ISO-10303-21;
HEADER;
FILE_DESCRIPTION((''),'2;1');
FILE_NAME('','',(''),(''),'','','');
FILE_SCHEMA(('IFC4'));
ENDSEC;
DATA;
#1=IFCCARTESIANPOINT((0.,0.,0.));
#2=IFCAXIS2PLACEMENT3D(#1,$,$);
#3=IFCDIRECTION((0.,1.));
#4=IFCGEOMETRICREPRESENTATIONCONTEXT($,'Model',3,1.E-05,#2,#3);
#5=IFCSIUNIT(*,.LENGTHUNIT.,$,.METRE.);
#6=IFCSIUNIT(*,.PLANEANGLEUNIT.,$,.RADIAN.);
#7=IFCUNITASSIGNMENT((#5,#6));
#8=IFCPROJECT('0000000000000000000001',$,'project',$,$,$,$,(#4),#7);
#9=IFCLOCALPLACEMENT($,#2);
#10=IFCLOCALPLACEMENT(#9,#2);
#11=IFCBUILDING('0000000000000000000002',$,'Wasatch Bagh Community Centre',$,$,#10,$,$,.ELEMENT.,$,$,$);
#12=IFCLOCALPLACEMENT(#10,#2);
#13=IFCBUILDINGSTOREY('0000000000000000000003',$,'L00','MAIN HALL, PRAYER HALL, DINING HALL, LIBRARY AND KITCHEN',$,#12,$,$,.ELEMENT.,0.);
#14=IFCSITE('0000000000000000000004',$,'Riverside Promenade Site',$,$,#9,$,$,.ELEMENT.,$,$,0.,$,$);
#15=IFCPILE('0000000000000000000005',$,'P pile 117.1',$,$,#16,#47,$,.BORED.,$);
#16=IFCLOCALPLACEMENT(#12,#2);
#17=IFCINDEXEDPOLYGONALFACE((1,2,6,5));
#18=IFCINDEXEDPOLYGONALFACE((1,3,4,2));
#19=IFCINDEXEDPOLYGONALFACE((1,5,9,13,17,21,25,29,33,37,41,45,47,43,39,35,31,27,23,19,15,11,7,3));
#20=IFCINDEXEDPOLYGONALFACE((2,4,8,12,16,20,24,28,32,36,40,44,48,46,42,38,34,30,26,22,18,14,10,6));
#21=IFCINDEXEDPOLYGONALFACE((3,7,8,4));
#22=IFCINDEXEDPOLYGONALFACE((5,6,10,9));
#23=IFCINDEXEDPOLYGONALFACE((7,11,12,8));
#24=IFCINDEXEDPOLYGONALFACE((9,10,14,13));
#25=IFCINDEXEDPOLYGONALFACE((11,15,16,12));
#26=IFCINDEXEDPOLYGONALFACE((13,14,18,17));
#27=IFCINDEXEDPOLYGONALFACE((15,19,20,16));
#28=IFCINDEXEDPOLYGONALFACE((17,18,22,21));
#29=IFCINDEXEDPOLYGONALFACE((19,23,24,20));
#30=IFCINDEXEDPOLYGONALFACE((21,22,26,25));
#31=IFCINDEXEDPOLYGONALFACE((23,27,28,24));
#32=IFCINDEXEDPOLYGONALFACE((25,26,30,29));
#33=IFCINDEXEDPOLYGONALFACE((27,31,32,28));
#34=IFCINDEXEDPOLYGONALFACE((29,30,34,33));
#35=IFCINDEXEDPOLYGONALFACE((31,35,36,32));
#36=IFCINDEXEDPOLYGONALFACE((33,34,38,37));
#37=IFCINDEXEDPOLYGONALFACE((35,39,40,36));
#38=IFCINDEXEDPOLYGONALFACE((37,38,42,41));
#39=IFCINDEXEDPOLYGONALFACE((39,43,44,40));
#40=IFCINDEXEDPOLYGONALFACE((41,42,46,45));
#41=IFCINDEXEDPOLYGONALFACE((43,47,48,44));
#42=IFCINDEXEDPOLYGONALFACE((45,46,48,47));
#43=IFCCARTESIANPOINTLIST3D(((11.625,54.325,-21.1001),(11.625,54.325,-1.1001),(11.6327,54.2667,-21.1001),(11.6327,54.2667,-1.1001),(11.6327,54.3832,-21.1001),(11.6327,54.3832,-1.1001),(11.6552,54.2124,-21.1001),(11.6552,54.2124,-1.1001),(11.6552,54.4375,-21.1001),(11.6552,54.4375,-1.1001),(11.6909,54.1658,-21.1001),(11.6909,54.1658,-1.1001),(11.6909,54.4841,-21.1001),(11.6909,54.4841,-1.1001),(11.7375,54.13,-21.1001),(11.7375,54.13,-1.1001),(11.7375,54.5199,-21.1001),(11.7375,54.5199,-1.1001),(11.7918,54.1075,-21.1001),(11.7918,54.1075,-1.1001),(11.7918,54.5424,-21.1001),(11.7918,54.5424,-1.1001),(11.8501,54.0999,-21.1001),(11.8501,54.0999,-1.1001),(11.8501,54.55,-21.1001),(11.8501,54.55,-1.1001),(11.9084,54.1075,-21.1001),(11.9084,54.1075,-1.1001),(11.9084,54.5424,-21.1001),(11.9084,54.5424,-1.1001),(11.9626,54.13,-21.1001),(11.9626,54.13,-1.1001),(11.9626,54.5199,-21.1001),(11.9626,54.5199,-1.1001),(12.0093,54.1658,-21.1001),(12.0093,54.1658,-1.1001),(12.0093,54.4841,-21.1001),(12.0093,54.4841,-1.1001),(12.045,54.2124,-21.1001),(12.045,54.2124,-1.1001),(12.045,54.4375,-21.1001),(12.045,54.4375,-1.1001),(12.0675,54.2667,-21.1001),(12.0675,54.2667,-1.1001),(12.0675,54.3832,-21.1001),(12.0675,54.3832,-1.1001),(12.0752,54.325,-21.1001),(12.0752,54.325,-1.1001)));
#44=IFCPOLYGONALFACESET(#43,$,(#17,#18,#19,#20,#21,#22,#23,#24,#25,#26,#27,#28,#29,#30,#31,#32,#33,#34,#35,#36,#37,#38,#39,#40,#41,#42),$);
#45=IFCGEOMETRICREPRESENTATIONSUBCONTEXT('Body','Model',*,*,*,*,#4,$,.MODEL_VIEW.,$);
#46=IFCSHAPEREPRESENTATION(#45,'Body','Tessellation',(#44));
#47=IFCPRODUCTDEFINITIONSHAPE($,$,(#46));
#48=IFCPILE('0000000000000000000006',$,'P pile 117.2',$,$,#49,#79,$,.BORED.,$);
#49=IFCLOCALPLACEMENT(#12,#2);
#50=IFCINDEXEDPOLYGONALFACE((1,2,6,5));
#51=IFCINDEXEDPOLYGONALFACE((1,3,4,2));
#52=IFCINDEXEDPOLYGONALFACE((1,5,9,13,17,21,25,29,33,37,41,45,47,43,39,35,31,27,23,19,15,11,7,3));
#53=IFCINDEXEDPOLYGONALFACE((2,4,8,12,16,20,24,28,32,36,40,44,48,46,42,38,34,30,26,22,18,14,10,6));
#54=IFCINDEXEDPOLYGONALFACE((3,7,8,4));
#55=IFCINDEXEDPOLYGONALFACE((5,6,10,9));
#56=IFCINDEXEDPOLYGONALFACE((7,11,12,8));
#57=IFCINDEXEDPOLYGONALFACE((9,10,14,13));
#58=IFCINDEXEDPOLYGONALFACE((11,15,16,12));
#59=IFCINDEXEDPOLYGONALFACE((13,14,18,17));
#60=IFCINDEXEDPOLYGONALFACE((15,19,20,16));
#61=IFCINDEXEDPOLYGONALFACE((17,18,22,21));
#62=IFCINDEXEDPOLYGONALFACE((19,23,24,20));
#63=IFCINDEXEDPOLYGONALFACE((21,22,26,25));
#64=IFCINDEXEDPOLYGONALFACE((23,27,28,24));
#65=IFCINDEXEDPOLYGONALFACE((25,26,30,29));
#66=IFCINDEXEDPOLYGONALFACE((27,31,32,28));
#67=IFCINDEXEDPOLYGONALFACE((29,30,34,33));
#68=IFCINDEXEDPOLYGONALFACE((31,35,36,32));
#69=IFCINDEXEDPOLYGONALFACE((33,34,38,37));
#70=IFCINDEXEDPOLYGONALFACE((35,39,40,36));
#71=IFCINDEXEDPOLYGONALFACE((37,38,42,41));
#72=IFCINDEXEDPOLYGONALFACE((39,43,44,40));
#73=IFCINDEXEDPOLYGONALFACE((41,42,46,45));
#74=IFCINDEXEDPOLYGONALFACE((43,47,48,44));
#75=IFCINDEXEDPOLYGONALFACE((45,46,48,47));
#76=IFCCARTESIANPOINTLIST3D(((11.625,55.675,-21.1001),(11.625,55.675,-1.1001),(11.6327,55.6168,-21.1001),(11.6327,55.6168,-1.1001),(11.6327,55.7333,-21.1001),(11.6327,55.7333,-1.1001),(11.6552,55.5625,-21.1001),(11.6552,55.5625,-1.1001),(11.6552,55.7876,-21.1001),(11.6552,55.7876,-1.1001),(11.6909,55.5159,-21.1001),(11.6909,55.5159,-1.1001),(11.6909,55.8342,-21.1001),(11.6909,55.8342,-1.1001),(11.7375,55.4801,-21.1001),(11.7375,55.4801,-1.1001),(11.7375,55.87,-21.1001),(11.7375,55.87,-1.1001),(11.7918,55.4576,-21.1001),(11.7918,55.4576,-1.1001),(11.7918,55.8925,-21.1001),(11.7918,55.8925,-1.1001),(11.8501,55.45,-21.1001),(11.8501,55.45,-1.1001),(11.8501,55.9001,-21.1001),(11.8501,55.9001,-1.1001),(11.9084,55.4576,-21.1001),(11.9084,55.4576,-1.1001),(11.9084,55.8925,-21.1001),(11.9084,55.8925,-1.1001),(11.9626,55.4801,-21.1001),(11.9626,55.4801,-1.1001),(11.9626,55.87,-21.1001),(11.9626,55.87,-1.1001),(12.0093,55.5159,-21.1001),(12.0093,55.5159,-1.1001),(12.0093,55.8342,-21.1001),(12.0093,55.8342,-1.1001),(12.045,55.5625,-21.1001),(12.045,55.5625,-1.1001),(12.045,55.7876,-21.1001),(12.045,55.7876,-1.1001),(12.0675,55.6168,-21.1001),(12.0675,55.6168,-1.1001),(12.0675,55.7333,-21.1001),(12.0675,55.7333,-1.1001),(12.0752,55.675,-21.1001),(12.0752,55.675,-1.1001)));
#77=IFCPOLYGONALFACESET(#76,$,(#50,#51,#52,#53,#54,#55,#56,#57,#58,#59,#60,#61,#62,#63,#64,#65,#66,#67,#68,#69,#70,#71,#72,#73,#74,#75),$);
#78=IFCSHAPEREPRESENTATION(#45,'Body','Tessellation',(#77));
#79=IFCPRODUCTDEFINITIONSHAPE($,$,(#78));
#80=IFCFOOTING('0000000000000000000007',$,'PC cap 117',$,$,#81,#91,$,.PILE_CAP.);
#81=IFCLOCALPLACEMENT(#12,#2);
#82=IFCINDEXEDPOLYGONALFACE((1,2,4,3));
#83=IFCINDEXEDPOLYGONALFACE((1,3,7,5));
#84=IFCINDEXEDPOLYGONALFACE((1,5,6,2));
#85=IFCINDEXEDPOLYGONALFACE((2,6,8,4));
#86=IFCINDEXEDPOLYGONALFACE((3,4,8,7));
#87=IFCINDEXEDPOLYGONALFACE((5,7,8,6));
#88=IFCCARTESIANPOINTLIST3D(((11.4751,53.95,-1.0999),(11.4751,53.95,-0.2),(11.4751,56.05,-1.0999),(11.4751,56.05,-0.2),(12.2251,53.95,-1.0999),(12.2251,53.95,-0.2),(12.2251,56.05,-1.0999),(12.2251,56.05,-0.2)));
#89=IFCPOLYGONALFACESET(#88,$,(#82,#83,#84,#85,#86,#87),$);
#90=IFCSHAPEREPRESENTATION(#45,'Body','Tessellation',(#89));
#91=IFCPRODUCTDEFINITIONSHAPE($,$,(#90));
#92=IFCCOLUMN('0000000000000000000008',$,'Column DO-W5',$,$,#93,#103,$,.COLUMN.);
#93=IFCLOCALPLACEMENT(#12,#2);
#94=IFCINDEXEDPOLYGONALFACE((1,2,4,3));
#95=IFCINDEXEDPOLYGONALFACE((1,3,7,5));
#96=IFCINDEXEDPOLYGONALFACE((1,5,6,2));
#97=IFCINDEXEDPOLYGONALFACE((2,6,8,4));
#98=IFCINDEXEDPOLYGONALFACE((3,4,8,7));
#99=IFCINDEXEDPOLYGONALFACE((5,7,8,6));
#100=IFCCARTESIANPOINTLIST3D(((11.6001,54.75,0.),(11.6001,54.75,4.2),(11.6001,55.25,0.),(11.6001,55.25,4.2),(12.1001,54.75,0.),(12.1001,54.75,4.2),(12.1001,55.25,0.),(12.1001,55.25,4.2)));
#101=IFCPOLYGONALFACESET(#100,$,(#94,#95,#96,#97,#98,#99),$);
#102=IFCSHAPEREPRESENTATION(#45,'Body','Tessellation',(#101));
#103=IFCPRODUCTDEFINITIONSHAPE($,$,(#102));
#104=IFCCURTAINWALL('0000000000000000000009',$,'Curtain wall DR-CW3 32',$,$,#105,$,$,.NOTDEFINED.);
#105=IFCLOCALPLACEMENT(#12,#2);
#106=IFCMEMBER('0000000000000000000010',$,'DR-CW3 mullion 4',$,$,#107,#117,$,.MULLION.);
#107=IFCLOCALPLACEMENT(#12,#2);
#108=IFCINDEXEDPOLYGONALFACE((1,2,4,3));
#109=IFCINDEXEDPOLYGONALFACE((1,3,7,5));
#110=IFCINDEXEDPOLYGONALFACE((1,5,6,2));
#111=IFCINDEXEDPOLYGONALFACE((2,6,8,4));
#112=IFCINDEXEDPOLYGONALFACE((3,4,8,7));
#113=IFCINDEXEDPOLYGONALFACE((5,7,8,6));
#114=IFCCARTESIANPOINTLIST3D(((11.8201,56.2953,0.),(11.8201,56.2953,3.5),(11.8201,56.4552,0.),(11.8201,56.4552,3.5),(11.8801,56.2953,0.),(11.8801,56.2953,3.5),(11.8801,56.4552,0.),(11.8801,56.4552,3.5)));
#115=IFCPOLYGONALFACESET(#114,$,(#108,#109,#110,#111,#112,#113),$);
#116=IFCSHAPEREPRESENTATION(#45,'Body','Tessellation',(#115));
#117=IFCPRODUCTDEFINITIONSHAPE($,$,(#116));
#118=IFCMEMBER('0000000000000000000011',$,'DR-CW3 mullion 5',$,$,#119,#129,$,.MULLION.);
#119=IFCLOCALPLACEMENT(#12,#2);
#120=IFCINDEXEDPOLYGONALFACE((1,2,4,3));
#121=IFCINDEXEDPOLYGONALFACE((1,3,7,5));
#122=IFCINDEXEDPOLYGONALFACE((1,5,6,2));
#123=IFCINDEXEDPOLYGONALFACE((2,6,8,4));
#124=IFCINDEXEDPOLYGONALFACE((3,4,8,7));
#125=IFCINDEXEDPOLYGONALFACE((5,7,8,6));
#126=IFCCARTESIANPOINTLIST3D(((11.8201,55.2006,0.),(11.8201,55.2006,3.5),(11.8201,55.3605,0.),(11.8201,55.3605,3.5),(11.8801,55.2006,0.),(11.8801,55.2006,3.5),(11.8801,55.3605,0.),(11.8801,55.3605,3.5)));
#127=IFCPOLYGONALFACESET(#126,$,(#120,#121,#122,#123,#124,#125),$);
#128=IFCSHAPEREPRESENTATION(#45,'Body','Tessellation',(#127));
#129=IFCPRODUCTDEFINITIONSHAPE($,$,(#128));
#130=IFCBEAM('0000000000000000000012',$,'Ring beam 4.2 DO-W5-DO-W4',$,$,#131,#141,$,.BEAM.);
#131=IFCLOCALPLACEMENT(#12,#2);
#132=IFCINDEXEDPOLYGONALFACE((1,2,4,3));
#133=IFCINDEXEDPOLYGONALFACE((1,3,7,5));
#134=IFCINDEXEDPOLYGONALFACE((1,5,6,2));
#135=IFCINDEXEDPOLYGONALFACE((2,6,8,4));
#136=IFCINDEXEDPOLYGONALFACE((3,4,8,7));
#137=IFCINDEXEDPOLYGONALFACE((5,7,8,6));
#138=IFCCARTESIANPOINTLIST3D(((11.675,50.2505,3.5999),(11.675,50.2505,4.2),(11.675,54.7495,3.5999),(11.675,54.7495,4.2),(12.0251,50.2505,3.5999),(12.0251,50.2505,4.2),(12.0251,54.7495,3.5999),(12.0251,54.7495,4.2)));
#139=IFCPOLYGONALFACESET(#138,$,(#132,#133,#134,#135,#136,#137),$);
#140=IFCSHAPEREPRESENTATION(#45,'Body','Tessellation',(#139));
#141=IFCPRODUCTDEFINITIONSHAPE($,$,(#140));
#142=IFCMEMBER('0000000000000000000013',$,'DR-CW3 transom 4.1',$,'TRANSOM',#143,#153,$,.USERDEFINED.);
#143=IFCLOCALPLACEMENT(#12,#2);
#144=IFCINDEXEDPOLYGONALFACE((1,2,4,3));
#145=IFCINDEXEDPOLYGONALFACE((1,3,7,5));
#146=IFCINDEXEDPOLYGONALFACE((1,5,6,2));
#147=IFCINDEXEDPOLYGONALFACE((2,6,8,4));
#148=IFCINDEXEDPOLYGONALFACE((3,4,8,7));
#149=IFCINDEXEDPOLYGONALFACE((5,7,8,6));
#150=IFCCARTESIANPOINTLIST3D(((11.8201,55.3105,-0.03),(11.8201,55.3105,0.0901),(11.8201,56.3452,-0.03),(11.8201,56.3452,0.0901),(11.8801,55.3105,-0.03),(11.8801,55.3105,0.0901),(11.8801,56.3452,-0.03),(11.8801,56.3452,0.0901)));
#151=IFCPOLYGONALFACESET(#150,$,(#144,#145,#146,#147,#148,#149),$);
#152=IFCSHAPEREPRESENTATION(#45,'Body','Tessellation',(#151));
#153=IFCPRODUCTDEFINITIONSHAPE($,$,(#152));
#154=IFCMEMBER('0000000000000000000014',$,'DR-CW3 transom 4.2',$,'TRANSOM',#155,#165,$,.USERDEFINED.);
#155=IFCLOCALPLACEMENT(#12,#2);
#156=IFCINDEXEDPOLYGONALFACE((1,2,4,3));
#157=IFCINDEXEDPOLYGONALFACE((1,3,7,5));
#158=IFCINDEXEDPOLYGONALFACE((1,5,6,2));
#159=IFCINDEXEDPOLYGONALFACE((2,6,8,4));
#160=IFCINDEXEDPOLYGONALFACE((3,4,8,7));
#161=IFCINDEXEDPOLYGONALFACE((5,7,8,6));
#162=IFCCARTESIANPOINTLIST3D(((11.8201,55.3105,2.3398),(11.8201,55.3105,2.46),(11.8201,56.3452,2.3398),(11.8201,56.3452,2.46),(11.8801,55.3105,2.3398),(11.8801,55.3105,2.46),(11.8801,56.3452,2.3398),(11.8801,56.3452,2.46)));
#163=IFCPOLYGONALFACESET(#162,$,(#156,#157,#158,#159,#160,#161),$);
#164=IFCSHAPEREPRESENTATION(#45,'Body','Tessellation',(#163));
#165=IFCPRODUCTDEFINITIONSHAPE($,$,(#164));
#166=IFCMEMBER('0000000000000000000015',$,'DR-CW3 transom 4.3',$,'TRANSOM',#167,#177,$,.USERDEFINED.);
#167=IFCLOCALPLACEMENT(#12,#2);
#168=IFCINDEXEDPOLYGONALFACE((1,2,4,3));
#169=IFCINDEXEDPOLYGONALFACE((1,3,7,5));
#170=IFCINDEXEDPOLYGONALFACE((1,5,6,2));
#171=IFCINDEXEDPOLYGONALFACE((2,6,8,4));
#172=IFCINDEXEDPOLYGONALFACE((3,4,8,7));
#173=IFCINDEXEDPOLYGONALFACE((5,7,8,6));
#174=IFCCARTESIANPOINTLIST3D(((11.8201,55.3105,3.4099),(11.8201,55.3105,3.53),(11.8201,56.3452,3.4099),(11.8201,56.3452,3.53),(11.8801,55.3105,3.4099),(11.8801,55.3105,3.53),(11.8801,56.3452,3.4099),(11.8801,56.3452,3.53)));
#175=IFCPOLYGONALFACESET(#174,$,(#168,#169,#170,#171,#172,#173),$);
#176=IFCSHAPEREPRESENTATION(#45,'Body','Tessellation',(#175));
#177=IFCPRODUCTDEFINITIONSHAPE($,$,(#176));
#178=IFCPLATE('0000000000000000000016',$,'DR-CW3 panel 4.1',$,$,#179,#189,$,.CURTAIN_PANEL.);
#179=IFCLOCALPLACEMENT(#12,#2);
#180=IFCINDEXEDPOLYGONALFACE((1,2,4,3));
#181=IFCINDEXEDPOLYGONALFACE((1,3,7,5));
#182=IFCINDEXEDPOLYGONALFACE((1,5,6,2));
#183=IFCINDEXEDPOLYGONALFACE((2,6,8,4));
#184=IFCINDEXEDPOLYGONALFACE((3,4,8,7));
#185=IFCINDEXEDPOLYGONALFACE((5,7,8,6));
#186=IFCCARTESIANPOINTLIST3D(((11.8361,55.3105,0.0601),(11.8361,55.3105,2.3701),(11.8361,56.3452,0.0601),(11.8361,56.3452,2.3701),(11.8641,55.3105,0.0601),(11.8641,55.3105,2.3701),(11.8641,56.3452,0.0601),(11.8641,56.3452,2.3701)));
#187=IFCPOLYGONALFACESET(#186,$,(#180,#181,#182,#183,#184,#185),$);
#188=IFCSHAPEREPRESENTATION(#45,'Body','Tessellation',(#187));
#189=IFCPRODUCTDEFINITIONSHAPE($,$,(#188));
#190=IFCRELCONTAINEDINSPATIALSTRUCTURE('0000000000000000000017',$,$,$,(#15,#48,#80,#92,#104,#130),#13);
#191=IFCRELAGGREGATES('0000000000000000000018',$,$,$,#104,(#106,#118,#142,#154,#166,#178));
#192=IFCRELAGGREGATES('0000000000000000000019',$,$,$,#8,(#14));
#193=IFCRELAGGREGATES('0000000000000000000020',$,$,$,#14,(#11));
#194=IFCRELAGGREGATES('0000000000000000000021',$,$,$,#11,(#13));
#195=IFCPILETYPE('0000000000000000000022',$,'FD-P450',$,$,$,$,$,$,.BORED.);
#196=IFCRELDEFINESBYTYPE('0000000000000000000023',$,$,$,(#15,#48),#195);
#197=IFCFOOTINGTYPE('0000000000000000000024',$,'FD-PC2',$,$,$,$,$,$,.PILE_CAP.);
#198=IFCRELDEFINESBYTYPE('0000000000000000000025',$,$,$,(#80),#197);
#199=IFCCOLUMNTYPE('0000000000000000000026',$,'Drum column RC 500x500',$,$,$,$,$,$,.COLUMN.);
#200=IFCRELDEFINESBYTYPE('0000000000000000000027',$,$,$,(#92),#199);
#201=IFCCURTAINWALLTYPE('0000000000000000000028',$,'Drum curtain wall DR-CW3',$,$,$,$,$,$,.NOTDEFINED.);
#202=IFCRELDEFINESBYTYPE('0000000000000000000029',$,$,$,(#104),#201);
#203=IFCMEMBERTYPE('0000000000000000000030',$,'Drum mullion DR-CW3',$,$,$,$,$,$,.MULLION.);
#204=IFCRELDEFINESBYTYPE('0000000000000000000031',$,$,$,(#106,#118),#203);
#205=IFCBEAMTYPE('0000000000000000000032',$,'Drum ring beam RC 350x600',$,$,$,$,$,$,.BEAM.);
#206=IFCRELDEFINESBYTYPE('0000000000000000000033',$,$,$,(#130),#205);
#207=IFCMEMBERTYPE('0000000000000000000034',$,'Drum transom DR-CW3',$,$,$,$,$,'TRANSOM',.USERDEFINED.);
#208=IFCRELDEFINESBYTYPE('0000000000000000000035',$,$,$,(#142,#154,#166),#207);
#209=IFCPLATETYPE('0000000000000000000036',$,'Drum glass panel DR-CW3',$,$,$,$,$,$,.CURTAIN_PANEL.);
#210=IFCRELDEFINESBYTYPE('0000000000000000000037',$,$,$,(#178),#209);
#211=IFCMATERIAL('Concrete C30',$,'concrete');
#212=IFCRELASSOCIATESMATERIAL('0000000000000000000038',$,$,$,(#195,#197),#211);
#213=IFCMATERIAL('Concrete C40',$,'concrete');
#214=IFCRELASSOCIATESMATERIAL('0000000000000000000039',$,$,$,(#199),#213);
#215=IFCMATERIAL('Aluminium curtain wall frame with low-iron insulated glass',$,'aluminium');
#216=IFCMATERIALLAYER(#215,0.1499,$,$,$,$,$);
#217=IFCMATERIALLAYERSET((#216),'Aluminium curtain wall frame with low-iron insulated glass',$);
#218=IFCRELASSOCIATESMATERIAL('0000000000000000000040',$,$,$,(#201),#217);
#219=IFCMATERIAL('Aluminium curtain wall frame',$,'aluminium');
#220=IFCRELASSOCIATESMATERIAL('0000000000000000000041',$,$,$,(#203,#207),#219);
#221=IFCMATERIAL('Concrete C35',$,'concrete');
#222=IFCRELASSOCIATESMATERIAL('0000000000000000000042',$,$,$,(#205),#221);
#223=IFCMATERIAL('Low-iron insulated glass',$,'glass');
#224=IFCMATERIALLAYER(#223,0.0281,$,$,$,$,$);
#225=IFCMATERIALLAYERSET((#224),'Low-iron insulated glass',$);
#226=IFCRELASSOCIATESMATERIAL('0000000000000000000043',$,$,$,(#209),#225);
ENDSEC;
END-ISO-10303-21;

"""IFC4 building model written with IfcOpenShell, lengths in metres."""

from ifc_helpers import new_model, si_unit, direction, frame, origin, origin_2d, place, context, subcontext, project, spatial, rectangle, circle, extrude, material, layer, layer_set, material_profile, profile_set, type_object, element, aggregate, save


model = new_model("IFC4")

# Units and contexts
model_context = context("Model", 3, precision=1e-05, world=origin(), true_north=direction((0.0, 1.0)))
body_context = subcontext(model_context, "Body", "Model", "MODEL_VIEW")
ifc_project = project(units=[si_unit("LENGTHUNIT", "METRE"), si_unit("PLANEANGLEUNIT", "RADIAN")], contexts=[model_context])

# Site, building, storey
site_placement = place(None, origin())
site = spatial("IfcSite", under=ifc_project, at=site_placement, Name="Riverside Promenade Site", CompositionType="ELEMENT", RefElevation=0.0)
building_placement = place(site_placement, origin())
building = spatial("IfcBuilding", under=site, at=building_placement, Name="Wasatch Bagh Community Centre", CompositionType="ELEMENT")
storey_placement = place(building_placement, origin())
storey = spatial("IfcBuildingStorey", under=building, at=storey_placement, Name="L00", Description="MAIN HALL, PRAYER HALL, DINING HALL, LIBRARY AND KITCHEN", CompositionType="ELEMENT", Elevation=0.0)

# Piles
ifc_material_1 = material(Name="Concrete C30", Category="concrete")
ifc_material_profile_1 = material_profile(ifc_material_1, circle(Radius=0.2251, at=origin_2d()), Name="RC D450")
ifc_profile_set_1 = profile_set([ifc_material_profile_1], Name="Concrete C30")
pile_type = type_object("IfcPileType", Name="FD-P450", PredefinedType="BORED", material=ifc_profile_set_1)
for number, where, z_axis, x_axis, name in (
    (1, (11.8501, 54.325, -1.1001), (0.0, 0.0, -1.0), (1.0, 0.0, 0.0), "P pile 117.1"),
    (2, (11.8501, 55.675, -1.1001), (0.0, 0.0, -1.0), (1.0, 0.0, 0.0), "P pile 117.2"),
):
    element("IfcPile", number, at=place(storey_placement, frame(where, z_axis=z_axis, x_axis=x_axis)), inside=storey, type_object=pile_type, Name=name, PredefinedType="BORED", context=body_context, shape_type="SweptSolid", body=[
        extrude(circle(Radius=0.2251, at=origin_2d()), origin(), (0.0, 0.0, 1.0), 20.0),
    ])

# Footing
footing_type = type_object("IfcFootingType", Name="FD-PC2", PredefinedType="PILE_CAP", material=ifc_material_1)
footing_placement = place(storey_placement, frame((11.8501, 55.0, -1.0999), z_axis=(0.0, 0.0, 1.0), x_axis=(0.0, 1.0, 0.0)))
element("IfcFooting", 3, at=footing_placement, inside=storey, type_object=footing_type, Name="PC cap 117", PredefinedType="PILE_CAP", context=body_context, shape_type="SweptSolid", body=[
    extrude(rectangle(XDim=2.1001, YDim=0.75, at=origin_2d()), origin(), (0.0, 0.0, 1.0), 0.8999),
])

# Column
ifc_material_2 = material(Name="Concrete C40", Category="concrete")
ifc_material_profile_2 = material_profile(ifc_material_2, rectangle(XDim=0.5, YDim=0.5, at=origin_2d()), Name="RC 500x500")
ifc_profile_set_2 = profile_set([ifc_material_profile_2], Name="Concrete C40")
column_type = type_object("IfcColumnType", Name="Drum column RC 500x500", PredefinedType="COLUMN", material=ifc_profile_set_2)
column_placement = place(storey_placement, frame((11.8501, 55.0, 0.0), z_axis=(0.0, 0.0, 1.0), x_axis=(1.0, 0.0, 0.0)))
element("IfcColumn", 4, at=column_placement, inside=storey, type_object=column_type, Name="Column DO-W5", PredefinedType="COLUMN", context=body_context, shape_type="SweptSolid", body=[
    extrude(rectangle(XDim=0.5, YDim=0.5, at=origin_2d()), origin(), (0.0, 0.0, 1.0), 4.2),
])

# Curtain wall, members
ifc_material_3 = material(Name="Aluminium curtain wall frame with low-iron insulated glass", Category="aluminium")
ifc_layer_1 = layer(ifc_material_3, 0.1499)
ifc_layer_set_1 = layer_set([ifc_layer_1], Name="Aluminium curtain wall frame with low-iron insulated glass")
curtain_wall_type = type_object("IfcCurtainWallType", Name="Drum curtain wall DR-CW3", PredefinedType="NOTDEFINED", material=ifc_layer_set_1)
curtain_wall_placement = place(storey_placement, origin())
curtain_wall = element("IfcCurtainWall", 5, at=curtain_wall_placement, inside=storey, type_object=curtain_wall_type, Name="Curtain wall DR-CW3 32", PredefinedType="NOTDEFINED")
ifc_material_4 = material(Name="Aluminium curtain wall frame", Category="aluminium")
ifc_material_profile_3 = material_profile(ifc_material_4, rectangle(XDim=0.0601, YDim=0.1599, at=origin_2d()), Name="Drum mullion DR-CW3")
ifc_profile_set_3 = profile_set([ifc_material_profile_3], Name="Aluminium curtain wall frame")
member_type_1 = type_object("IfcMemberType", Name="Drum mullion DR-CW3", PredefinedType="MULLION", material=ifc_profile_set_3)
member_1_placement = place(storey_placement, frame((11.8501, 56.3752, 0.0), z_axis=(0.0, 0.0, 1.0), x_axis=(1.0, 0.0, 0.0)))
member_1 = element("IfcMember", 6, at=member_1_placement, type_object=member_type_1, Name="DR-CW3 mullion 4", PredefinedType="MULLION", context=body_context, shape_type="SweptSolid", body=[
    extrude(rectangle(XDim=0.0601, YDim=0.1599, at=origin_2d()), origin(), (0.0, 0.0, 1.0), 3.5),
])
member_2_placement = place(storey_placement, frame((11.8501, 55.2805, 0.0), z_axis=(0.0, 0.0, 1.0), x_axis=(1.0, 0.0, 0.0)))
member_2 = element("IfcMember", 7, at=member_2_placement, type_object=member_type_1, Name="DR-CW3 mullion 5", PredefinedType="MULLION", context=body_context, shape_type="SweptSolid", body=[
    extrude(rectangle(XDim=0.0601, YDim=0.1599, at=origin_2d()), origin(), (0.0, 0.0, 1.0), 3.5),
])

# Beam
ifc_material_5 = material(Name="Concrete C35", Category="concrete")
ifc_material_profile_4 = material_profile(ifc_material_5, rectangle(XDim=0.3501, YDim=0.6001, at=origin_2d()), Name="RC 350x600")
ifc_profile_set_4 = profile_set([ifc_material_profile_4], Name="Concrete C35")
beam_type = type_object("IfcBeamType", Name="Drum ring beam RC 350x600", PredefinedType="BEAM", material=ifc_profile_set_4)
beam_placement = place(storey_placement, frame((11.8501, 54.7495, 3.8999), z_axis=(0.0, -1.0, 0.0), x_axis=(1.0, 0.0, 0.0)))
element("IfcBeam", 8, at=beam_placement, inside=storey, type_object=beam_type, Name="Ring beam 4.2 DO-W5-DO-W4", PredefinedType="BEAM", context=body_context, shape_type="SweptSolid", body=[
    extrude(rectangle(XDim=0.3501, YDim=0.6001, at=origin_2d()), origin(), (0.0, 0.0, 1.0), 4.499),
])

# Members
ifc_material_profile_5 = material_profile(ifc_material_4, rectangle(XDim=0.0601, YDim=0.1201, at=origin_2d()), Name="Drum transom DR-CW3")
ifc_profile_set_5 = profile_set([ifc_material_profile_5], Name="Aluminium curtain wall frame")
member_type_2 = type_object("IfcMemberType", Name="Drum transom DR-CW3", ElementType="TRANSOM", PredefinedType="USERDEFINED", material=ifc_profile_set_5)
member_3_placement = place(storey_placement, frame((11.8501, 56.3452, 0.03), z_axis=(0.0, -1.0, 0.0), x_axis=(1.0, 0.0, 0.0)))
member_3 = element("IfcMember", 9, at=member_3_placement, type_object=member_type_2, Name="DR-CW3 transom 4.1", ObjectType="TRANSOM", PredefinedType="USERDEFINED", context=body_context, shape_type="SweptSolid", body=[
    extrude(rectangle(XDim=0.0601, YDim=0.1201, at=origin_2d()), origin(), (0.0, 0.0, 1.0), 1.0347),
])
member_4_placement = place(storey_placement, frame((11.8501, 56.3452, 2.3999), z_axis=(0.0, -1.0, 0.0), x_axis=(1.0, 0.0, 0.0)))
member_4 = element("IfcMember", 10, at=member_4_placement, type_object=member_type_2, Name="DR-CW3 transom 4.2", ObjectType="TRANSOM", PredefinedType="USERDEFINED", context=body_context, shape_type="SweptSolid", body=[
    extrude(rectangle(XDim=0.0601, YDim=0.1201, at=origin_2d()), origin(), (0.0, 0.0, 1.0), 1.0347),
])
member_5_placement = place(storey_placement, frame((11.8501, 56.3452, 3.47), z_axis=(0.0, -1.0, 0.0), x_axis=(1.0, 0.0, 0.0)))
member_5 = element("IfcMember", 11, at=member_5_placement, type_object=member_type_2, Name="DR-CW3 transom 4.3", ObjectType="TRANSOM", PredefinedType="USERDEFINED", context=body_context, shape_type="SweptSolid", body=[
    extrude(rectangle(XDim=0.0601, YDim=0.1201, at=origin_2d()), origin(), (0.0, 0.0, 1.0), 1.0347),
])

# Plate
ifc_material_6 = material(Name="Low-iron insulated glass", Category="glass")
ifc_layer_2 = layer(ifc_material_6, 0.0281)
ifc_layer_set_2 = layer_set([ifc_layer_2], Name="Low-iron insulated glass")
plate_type = type_object("IfcPlateType", Name="Drum glass panel DR-CW3", PredefinedType="CURTAIN_PANEL", material=ifc_layer_set_2)
plate_1_placement = place(storey_placement, frame((11.8501, 55.8279, 0.0601), z_axis=(0.0, 0.0, 1.0), x_axis=(0.0, -1.0, 0.0)))
plate_1 = element("IfcPlate", 12, at=plate_1_placement, type_object=plate_type, Name="DR-CW3 panel 4.1", PredefinedType="CURTAIN_PANEL", context=body_context, shape_type="SweptSolid", body=[
    extrude(rectangle(XDim=1.0347, YDim=0.0281, at=origin_2d()), origin(), (0.0, 0.0, 1.0), 2.3101),
])
aggregate(curtain_wall, [member_1, member_2, member_3, member_4, member_5, plate_1])

save(model, "model.ifc")
